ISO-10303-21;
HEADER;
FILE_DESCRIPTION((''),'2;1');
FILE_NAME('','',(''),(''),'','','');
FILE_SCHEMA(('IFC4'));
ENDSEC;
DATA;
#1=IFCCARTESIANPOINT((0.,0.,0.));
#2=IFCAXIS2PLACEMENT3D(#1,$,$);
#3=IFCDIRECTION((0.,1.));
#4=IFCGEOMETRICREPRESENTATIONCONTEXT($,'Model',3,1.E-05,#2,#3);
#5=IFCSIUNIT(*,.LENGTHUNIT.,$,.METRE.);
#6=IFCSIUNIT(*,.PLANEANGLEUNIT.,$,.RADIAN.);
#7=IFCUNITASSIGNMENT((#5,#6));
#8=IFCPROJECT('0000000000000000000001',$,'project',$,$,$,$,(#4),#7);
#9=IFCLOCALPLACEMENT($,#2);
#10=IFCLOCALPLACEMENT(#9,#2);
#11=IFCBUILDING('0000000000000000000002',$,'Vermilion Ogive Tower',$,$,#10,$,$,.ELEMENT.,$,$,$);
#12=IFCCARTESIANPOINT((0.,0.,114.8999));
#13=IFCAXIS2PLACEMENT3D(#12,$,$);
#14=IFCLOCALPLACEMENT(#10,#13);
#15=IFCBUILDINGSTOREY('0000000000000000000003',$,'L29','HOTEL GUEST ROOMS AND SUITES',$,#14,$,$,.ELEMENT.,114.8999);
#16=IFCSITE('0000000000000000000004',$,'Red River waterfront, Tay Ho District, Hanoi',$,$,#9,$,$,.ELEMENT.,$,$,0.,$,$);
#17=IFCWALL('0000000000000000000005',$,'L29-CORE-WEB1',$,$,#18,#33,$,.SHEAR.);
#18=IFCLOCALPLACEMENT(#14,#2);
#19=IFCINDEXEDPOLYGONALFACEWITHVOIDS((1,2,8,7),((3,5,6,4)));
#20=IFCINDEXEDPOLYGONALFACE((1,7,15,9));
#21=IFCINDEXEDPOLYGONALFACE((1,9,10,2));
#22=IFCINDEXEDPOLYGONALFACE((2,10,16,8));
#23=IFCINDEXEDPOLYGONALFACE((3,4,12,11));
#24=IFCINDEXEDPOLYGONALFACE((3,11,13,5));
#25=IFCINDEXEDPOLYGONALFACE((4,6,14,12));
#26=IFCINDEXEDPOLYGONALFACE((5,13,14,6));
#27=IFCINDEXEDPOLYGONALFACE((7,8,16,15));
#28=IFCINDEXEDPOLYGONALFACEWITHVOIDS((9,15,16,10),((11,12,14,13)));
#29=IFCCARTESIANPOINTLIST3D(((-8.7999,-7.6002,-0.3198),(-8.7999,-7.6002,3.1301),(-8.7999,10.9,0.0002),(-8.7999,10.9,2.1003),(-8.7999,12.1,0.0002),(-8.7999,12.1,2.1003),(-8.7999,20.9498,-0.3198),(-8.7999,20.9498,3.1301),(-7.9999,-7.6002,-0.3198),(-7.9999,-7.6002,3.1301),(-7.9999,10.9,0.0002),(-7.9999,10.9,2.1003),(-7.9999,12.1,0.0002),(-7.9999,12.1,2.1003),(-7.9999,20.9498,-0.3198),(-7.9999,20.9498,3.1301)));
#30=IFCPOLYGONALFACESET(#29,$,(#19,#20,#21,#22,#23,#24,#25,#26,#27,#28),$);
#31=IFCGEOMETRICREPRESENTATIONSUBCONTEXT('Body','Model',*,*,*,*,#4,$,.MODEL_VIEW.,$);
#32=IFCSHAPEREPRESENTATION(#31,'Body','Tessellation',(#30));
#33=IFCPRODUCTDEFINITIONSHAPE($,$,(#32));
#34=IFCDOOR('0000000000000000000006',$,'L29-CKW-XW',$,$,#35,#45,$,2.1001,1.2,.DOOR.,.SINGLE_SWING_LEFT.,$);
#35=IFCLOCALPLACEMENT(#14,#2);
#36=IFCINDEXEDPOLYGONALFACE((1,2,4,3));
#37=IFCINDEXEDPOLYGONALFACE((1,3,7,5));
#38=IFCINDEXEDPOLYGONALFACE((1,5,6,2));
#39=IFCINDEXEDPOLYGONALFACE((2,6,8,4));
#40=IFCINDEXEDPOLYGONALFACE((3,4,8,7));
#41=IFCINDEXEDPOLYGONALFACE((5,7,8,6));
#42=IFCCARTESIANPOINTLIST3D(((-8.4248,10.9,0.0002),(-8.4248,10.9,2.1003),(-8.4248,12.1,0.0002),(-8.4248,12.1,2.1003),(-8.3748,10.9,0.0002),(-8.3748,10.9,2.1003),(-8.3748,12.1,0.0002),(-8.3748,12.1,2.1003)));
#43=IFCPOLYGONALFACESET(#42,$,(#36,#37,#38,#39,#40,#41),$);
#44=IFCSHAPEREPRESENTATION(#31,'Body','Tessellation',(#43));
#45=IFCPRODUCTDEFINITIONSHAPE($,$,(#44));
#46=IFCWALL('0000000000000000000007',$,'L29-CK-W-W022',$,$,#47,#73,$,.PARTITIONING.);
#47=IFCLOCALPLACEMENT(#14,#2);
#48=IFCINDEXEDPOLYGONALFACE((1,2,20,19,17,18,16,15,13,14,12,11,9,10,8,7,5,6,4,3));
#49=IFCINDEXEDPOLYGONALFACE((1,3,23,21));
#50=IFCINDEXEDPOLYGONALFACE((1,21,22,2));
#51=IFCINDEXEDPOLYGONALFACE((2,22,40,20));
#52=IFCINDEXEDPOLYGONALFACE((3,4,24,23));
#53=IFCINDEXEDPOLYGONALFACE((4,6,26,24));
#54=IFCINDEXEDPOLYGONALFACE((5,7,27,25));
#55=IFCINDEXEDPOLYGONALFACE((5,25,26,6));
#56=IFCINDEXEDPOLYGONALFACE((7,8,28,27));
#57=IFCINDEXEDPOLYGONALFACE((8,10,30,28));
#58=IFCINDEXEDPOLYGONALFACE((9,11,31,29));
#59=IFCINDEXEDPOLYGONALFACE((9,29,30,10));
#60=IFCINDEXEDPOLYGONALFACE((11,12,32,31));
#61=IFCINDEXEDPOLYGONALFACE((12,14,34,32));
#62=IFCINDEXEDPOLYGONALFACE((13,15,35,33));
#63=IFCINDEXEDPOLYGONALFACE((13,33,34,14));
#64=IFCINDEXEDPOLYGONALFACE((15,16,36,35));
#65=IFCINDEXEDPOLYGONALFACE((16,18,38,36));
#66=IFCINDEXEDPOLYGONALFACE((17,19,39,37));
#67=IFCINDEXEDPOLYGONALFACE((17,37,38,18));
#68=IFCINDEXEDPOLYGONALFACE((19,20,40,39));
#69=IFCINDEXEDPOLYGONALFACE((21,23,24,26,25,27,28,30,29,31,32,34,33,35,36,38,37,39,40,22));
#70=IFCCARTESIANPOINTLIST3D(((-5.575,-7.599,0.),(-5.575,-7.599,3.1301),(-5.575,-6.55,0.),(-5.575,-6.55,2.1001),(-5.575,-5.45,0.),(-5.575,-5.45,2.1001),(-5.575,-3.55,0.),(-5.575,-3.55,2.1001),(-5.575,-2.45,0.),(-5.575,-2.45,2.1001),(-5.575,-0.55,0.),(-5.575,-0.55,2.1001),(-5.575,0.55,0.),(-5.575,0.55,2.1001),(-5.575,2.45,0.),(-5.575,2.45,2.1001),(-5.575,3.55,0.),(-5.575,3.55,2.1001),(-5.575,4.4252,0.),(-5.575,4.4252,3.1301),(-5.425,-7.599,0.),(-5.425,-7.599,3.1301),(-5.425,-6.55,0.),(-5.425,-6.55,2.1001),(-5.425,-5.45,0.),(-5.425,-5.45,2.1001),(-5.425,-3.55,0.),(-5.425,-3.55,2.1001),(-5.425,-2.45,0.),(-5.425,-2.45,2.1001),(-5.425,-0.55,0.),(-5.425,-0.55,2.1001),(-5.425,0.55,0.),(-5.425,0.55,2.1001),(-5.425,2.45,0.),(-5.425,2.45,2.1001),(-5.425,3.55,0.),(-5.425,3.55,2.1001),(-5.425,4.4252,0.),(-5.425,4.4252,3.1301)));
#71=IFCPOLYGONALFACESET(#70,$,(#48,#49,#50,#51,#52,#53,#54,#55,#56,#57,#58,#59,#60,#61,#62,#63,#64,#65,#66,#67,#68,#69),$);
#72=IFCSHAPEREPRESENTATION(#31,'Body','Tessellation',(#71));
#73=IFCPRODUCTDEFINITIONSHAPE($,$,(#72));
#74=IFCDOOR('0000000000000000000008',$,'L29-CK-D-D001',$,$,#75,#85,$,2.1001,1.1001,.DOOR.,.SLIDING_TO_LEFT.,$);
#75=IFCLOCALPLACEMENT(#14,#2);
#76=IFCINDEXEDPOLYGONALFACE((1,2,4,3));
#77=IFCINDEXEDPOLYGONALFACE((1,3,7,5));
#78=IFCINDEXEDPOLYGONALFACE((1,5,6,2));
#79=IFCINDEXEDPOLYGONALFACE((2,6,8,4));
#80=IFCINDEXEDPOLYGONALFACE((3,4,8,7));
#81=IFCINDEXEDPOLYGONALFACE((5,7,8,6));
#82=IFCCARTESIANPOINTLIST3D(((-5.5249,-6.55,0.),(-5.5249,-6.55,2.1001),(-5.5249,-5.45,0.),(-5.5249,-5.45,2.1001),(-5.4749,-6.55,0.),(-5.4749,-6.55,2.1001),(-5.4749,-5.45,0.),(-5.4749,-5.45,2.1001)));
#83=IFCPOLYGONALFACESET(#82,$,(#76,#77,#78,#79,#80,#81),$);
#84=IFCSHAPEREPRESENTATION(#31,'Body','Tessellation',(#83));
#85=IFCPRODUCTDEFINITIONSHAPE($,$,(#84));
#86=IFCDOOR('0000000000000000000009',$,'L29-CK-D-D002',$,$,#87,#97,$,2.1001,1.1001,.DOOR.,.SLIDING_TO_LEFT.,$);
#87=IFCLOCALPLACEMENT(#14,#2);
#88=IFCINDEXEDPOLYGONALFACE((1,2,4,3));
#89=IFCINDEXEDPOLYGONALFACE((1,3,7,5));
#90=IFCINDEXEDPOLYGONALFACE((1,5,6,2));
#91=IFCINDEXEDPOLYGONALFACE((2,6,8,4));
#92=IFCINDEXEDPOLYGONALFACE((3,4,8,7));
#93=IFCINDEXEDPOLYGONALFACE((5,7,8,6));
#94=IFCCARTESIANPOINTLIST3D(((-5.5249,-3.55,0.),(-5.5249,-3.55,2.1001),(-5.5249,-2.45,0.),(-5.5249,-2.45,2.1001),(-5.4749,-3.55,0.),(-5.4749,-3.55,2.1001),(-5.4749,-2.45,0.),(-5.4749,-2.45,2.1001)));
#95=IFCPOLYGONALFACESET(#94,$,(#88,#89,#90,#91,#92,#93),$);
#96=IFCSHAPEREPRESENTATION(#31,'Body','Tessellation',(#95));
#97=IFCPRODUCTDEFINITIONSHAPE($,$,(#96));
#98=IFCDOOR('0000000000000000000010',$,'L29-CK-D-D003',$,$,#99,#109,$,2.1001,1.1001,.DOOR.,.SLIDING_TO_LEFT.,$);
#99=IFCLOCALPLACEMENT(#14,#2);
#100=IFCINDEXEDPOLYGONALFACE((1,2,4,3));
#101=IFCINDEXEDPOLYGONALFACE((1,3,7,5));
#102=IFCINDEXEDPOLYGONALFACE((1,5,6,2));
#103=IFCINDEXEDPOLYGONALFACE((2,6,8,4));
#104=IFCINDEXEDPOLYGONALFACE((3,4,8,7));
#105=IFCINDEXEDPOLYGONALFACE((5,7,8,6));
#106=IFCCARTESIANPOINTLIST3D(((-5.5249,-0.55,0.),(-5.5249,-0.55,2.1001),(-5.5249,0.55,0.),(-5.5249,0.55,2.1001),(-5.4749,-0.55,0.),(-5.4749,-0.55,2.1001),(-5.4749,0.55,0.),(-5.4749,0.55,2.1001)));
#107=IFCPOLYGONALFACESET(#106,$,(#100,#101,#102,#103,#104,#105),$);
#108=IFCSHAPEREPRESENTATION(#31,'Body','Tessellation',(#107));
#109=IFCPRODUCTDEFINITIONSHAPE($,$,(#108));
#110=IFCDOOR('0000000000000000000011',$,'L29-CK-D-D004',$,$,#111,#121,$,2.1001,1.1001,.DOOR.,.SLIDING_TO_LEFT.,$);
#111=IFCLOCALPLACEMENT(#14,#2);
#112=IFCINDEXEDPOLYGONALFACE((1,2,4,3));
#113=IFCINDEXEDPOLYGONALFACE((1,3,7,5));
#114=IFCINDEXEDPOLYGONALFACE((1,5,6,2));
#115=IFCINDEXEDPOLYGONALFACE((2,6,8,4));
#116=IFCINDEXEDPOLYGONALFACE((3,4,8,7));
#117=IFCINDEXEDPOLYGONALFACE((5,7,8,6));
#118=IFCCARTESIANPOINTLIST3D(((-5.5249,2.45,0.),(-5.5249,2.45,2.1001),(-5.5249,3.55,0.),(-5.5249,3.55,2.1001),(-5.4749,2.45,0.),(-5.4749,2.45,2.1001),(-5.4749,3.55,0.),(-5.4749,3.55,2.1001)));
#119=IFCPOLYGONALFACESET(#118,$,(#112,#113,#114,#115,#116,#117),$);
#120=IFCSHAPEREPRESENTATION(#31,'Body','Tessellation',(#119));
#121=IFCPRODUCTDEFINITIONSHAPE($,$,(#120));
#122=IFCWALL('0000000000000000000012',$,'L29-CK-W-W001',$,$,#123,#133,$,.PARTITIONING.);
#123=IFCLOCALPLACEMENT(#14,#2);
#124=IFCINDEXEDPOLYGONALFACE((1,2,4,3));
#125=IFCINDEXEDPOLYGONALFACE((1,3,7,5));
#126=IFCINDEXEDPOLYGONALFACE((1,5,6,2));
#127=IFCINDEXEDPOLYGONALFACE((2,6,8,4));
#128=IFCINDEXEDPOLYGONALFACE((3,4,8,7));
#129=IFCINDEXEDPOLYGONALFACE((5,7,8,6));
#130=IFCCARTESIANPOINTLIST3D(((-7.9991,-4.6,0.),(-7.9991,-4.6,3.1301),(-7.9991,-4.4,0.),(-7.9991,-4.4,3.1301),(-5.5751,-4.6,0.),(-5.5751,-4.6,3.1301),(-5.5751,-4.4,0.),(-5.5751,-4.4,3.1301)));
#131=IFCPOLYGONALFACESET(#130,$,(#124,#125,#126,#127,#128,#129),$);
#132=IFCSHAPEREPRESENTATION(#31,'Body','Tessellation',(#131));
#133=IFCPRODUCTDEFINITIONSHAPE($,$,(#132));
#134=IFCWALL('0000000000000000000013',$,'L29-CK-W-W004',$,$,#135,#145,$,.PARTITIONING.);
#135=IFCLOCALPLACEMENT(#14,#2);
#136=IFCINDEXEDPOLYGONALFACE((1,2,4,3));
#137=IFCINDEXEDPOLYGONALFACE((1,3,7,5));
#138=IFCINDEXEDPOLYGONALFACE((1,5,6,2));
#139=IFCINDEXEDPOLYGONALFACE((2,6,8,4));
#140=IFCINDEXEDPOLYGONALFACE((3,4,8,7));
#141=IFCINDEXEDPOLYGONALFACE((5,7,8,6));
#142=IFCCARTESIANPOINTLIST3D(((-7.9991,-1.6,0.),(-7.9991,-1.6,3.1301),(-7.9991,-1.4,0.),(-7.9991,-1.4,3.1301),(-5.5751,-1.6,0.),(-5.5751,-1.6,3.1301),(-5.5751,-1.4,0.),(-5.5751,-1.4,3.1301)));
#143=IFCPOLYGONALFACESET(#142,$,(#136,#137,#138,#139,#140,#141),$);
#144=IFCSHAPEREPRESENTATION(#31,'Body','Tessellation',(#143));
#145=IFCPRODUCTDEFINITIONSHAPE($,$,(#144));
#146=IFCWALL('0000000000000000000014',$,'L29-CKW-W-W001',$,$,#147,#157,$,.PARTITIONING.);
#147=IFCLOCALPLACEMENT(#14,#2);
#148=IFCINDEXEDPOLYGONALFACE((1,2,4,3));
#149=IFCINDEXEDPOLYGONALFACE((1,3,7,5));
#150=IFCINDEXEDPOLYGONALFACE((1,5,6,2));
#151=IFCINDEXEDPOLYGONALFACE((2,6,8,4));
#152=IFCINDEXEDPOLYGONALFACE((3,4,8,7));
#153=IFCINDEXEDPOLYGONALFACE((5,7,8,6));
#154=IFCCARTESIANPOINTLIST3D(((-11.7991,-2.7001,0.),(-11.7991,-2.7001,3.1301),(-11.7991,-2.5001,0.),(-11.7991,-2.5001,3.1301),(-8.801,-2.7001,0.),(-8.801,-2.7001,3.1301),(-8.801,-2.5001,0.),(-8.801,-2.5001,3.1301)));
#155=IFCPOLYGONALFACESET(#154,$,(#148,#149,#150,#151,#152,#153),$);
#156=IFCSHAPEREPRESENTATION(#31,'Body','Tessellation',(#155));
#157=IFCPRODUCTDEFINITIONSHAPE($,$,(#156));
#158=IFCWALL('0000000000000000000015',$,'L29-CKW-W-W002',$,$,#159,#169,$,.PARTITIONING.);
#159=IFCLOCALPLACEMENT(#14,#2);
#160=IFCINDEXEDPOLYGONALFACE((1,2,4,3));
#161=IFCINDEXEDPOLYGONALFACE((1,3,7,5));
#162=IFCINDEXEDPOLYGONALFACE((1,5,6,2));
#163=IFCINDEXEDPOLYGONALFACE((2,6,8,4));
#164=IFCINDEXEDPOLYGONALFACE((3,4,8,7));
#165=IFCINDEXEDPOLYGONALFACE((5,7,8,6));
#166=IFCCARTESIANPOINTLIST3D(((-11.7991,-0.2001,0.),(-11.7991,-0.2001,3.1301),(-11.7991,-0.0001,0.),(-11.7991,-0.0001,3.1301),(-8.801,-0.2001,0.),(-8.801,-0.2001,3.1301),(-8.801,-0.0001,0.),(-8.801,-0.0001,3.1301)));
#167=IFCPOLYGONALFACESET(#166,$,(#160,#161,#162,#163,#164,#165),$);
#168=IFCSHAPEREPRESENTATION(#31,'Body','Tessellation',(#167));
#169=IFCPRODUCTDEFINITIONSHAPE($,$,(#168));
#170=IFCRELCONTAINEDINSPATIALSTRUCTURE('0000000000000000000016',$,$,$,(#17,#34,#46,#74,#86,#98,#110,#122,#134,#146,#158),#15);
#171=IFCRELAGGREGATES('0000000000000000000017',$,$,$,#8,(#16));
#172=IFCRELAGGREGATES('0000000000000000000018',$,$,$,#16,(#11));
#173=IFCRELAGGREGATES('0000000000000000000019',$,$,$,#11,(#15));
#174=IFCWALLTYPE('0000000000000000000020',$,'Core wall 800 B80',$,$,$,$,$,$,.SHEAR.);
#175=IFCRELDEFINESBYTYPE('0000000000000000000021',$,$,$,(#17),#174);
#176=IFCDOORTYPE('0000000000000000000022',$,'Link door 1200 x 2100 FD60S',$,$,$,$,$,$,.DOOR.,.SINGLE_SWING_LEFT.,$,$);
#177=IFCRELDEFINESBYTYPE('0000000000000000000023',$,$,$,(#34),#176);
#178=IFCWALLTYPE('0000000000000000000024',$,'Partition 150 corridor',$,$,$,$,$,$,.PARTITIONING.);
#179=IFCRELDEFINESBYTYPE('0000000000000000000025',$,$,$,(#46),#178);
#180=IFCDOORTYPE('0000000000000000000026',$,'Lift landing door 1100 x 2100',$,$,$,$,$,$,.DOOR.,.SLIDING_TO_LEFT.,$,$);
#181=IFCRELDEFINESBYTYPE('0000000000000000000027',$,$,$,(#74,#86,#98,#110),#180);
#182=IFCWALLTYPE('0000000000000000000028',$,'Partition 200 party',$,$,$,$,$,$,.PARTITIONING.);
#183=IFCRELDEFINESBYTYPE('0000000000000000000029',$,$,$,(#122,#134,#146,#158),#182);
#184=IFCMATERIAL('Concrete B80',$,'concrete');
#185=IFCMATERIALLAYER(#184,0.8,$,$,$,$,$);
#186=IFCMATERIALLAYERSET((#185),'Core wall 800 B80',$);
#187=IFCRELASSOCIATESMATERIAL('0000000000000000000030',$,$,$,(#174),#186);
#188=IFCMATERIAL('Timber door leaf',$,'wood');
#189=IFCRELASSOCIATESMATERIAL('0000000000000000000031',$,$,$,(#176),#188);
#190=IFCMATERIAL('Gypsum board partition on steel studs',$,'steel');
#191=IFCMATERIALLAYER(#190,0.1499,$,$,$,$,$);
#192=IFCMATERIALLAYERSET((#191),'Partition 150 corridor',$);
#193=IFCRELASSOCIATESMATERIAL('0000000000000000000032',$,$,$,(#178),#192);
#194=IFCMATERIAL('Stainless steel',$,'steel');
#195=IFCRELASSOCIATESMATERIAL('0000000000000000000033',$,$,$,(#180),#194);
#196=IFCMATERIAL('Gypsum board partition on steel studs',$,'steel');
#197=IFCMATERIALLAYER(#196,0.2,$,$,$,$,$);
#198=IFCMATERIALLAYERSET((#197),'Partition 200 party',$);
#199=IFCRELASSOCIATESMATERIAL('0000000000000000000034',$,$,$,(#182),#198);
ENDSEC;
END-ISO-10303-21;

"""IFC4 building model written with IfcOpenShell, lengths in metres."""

from ifc_helpers import new_model, si_unit, direction, frame, frame_2d, origin, place, context, subcontext, project, spatial, rectangle, extrude, material, layer, layer_set, type_object, element, fill, save


model = new_model("IFC4")

# Units and contexts
model_context = context("Model", 3, precision=1e-05, world=origin(), true_north=direction((0.0, 1.0)))
body_context = subcontext(model_context, "Body", "Model", "MODEL_VIEW")
ifc_project = project(units=[si_unit("LENGTHUNIT", "METRE"), si_unit("PLANEANGLEUNIT", "RADIAN")], contexts=[model_context])

# Site, building, storey
site_placement = place(None, origin())
site = spatial("IfcSite", under=ifc_project, at=site_placement, Name="Red River waterfront, Tay Ho District, Hanoi", CompositionType="ELEMENT", RefElevation=0.0)
building_placement = place(site_placement, origin())
building = spatial("IfcBuilding", under=site, at=building_placement, Name="Vermilion Ogive Tower", CompositionType="ELEMENT")
storey_placement = place(building_placement, frame((0.0, 0.0, 114.8999)))
storey = spatial("IfcBuildingStorey", under=building, at=storey_placement, Name="L29", Description="HOTEL GUEST ROOMS AND SUITES", CompositionType="ELEMENT", Elevation=114.8999)

# Wall, opening, door
ifc_material_1 = material(Name="Concrete B80", Category="concrete")
ifc_layer_1 = layer(ifc_material_1, 0.8)
ifc_layer_set_1 = layer_set([ifc_layer_1], Name="Core wall 800 B80")
wall_type_1 = type_object("IfcWallType", Name="Core wall 800 B80", PredefinedType="SHEAR", material=ifc_layer_set_1)
wall_1_placement = place(storey_placement, frame((-8.3999, -7.6001, -0.3198), z_axis=(0.0, 0.0, 1.0), x_axis=(0.0, 1.0, 0.0)))
wall_1 = element("IfcWall", 1, at=wall_1_placement, inside=storey, type_object=wall_type_1, Name="L29-CORE-WEB1", PredefinedType="SHEAR", context=body_context, shape_type="SweptSolid", body=[
    extrude(rectangle(XDim=28.55, YDim=0.8, at=frame_2d((14.2749, 0.0))), origin(), (0.0, 0.0, 1.0), 3.45),
])
opening_1_placement = place(wall_1_placement, frame((18.5, 0.0, 0.3201)))
opening_1 = element("IfcOpeningElement", 2, at=opening_1_placement, cuts=wall_1, PredefinedType="OPENING", context=body_context, shape_type="SweptSolid", body=[
    extrude(rectangle(XDim=1.2, YDim=2.1001, at=frame_2d((0.6001, 1.05))), frame((0.0, 0.4099, 0.0), z_axis=(0.0, -1.0, 0.0), x_axis=(1.0, 0.0, 0.0)), (0.0, 0.0, 1.0), 0.8201),
])
ifc_material_2 = material(Name="Timber door leaf", Category="wood")
door_type_1 = type_object("IfcDoorType", Name="Link door 1200 x 2100 FD60S", OperationType="SINGLE_SWING_LEFT", PredefinedType="DOOR", material=ifc_material_2)
door_1_placement = place(opening_1_placement, origin())
door_1 = element("IfcDoor", 3, at=door_1_placement, inside=storey, type_object=door_type_1, Name="L29-CKW-XW", OperationType="SINGLE_SWING_LEFT", OverallHeight=2.1001, OverallWidth=1.2, PredefinedType="DOOR", context=body_context, shape_type="SweptSolid", body=[
    extrude(rectangle(XDim=1.2, YDim=2.1001, at=frame_2d((0.6001, 1.05))), frame((0.0, 0.0249, 0.0), z_axis=(0.0, -1.0, 0.0), x_axis=(1.0, 0.0, 0.0)), (0.0, 0.0, 1.0), 0.05),
])
fill(opening_1, door_1)

# Wall, openings, doors
ifc_material_3 = material(Name="Gypsum board partition on steel studs", Category="steel")
ifc_layer_2 = layer(ifc_material_3, 0.1499)
ifc_layer_set_2 = layer_set([ifc_layer_2], Name="Partition 150 corridor")
wall_type_2 = type_object("IfcWallType", Name="Partition 150 corridor", PredefinedType="PARTITIONING", material=ifc_layer_set_2)
wall_2_placement = place(storey_placement, frame((-5.5, -7.5991, 0.0), z_axis=(0.0, 0.0, 1.0), x_axis=(0.0, 1.0, 0.0)))
wall_2 = element("IfcWall", 4, at=wall_2_placement, inside=storey, type_object=wall_type_2, Name="L29-CK-W-W022", PredefinedType="PARTITIONING", context=body_context, shape_type="SweptSolid", body=[
    extrude(rectangle(XDim=12.0242, YDim=0.1499, at=frame_2d((6.0122, 0.0))), origin(), (0.0, 0.0, 1.0), 3.1301),
])
opening_2_placement = place(wall_2_placement, frame((1.0491, 0.0, 0.0)))
opening_2 = element("IfcOpeningElement", 5, at=opening_2_placement, cuts=wall_2, PredefinedType="OPENING", context=body_context, shape_type="SweptSolid", body=[
    extrude(rectangle(XDim=1.1001, YDim=2.1001, at=frame_2d((0.55, 1.05))), frame((0.0, 0.085, 0.0), z_axis=(0.0, -1.0, 0.0), x_axis=(1.0, 0.0, 0.0)), (0.0, 0.0, 1.0), 0.1699),
])
opening_3_placement = place(wall_2_placement, frame((4.0491, 0.0, 0.0)))
opening_3 = element("IfcOpeningElement", 6, at=opening_3_placement, cuts=wall_2, PredefinedType="OPENING", context=body_context, shape_type="SweptSolid", body=[
    extrude(rectangle(XDim=1.1001, YDim=2.1001, at=frame_2d((0.55, 1.05))), frame((0.0, 0.085, 0.0), z_axis=(0.0, -1.0, 0.0), x_axis=(1.0, 0.0, 0.0)), (0.0, 0.0, 1.0), 0.1699),
])
opening_4_placement = place(wall_2_placement, frame((7.0491, 0.0, 0.0)))
opening_4 = element("IfcOpeningElement", 7, at=opening_4_placement, cuts=wall_2, PredefinedType="OPENING", context=body_context, shape_type="SweptSolid", body=[
    extrude(rectangle(XDim=1.1001, YDim=2.1001, at=frame_2d((0.55, 1.05))), frame((0.0, 0.085, 0.0), z_axis=(0.0, -1.0, 0.0), x_axis=(1.0, 0.0, 0.0)), (0.0, 0.0, 1.0), 0.1699),
])
opening_5_placement = place(wall_2_placement, frame((10.0491, 0.0, 0.0)))
opening_5 = element("IfcOpeningElement", 8, at=opening_5_placement, cuts=wall_2, PredefinedType="OPENING", context=body_context, shape_type="SweptSolid", body=[
    extrude(rectangle(XDim=1.1001, YDim=2.1001, at=frame_2d((0.55, 1.05))), frame((0.0, 0.085, 0.0), z_axis=(0.0, -1.0, 0.0), x_axis=(1.0, 0.0, 0.0)), (0.0, 0.0, 1.0), 0.1699),
])
ifc_material_4 = material(Name="Stainless steel", Category="steel")
door_type_2 = type_object("IfcDoorType", Name="Lift landing door 1100 x 2100", OperationType="SLIDING_TO_LEFT", PredefinedType="DOOR", material=ifc_material_4)
door_2_placement = place(opening_2_placement, origin())
door_2 = element("IfcDoor", 9, at=door_2_placement, inside=storey, type_object=door_type_2, Name="L29-CK-D-D001", OperationType="SLIDING_TO_LEFT", OverallHeight=2.1001, OverallWidth=1.1001, PredefinedType="DOOR", context=body_context, shape_type="SweptSolid", body=[
    extrude(rectangle(XDim=1.1001, YDim=2.1001, at=frame_2d((0.55, 1.05))), frame((0.0, 0.0249, 0.0), z_axis=(0.0, -1.0, 0.0), x_axis=(1.0, 0.0, 0.0)), (0.0, 0.0, 1.0), 0.05),
])
fill(opening_2, door_2)
door_3_placement = place(opening_3_placement, origin())
door_3 = element("IfcDoor", 10, at=door_3_placement, inside=storey, type_object=door_type_2, Name="L29-CK-D-D002", OperationType="SLIDING_TO_LEFT", OverallHeight=2.1001, OverallWidth=1.1001, PredefinedType="DOOR", context=body_context, shape_type="SweptSolid", body=[
    extrude(rectangle(XDim=1.1001, YDim=2.1001, at=frame_2d((0.55, 1.05))), frame((0.0, 0.0249, 0.0), z_axis=(0.0, -1.0, 0.0), x_axis=(1.0, 0.0, 0.0)), (0.0, 0.0, 1.0), 0.05),
])
fill(opening_3, door_3)
door_4_placement = place(opening_4_placement, origin())
door_4 = element("IfcDoor", 11, at=door_4_placement, inside=storey, type_object=door_type_2, Name="L29-CK-D-D003", OperationType="SLIDING_TO_LEFT", OverallHeight=2.1001, OverallWidth=1.1001, PredefinedType="DOOR", context=body_context, shape_type="SweptSolid", body=[
    extrude(rectangle(XDim=1.1001, YDim=2.1001, at=frame_2d((0.55, 1.05))), frame((0.0, 0.0249, 0.0), z_axis=(0.0, -1.0, 0.0), x_axis=(1.0, 0.0, 0.0)), (0.0, 0.0, 1.0), 0.05),
])
fill(opening_4, door_4)
door_5_placement = place(opening_5_placement, origin())
door_5 = element("IfcDoor", 12, at=door_5_placement, inside=storey, type_object=door_type_2, Name="L29-CK-D-D004", OperationType="SLIDING_TO_LEFT", OverallHeight=2.1001, OverallWidth=1.1001, PredefinedType="DOOR", context=body_context, shape_type="SweptSolid", body=[
    extrude(rectangle(XDim=1.1001, YDim=2.1001, at=frame_2d((0.55, 1.05))), frame((0.0, 0.0249, 0.0), z_axis=(0.0, -1.0, 0.0), x_axis=(1.0, 0.0, 0.0)), (0.0, 0.0, 1.0), 0.05),
])
fill(opening_5, door_5)

# Walls
ifc_material_5 = material(Name="Gypsum board partition on steel studs", Category="steel")
ifc_layer_3 = layer(ifc_material_5, 0.2)
ifc_layer_set_3 = layer_set([ifc_layer_3], Name="Partition 200 party")
wall_type_3 = type_object("IfcWallType", Name="Partition 200 party", PredefinedType="PARTITIONING", material=ifc_layer_set_3)
for number, where, z_axis, x_axis, name in (
    (13, (-7.999, -4.5, 0.0), (0.0, 0.0, 1.0), (1.0, 0.0, 0.0), "L29-CK-W-W001"),
    (14, (-7.999, -1.5, 0.0), (0.0, 0.0, 1.0), (1.0, 0.0, 0.0), "L29-CK-W-W004"),
):
    element("IfcWall", number, at=place(storey_placement, frame(where, z_axis=z_axis, x_axis=x_axis)), inside=storey, type_object=wall_type_3, Name=name, PredefinedType="PARTITIONING", context=body_context, shape_type="SweptSolid", body=[
        extrude(rectangle(XDim=2.4241, YDim=0.2, at=frame_2d((1.2119, 0.0))), origin(), (0.0, 0.0, 1.0), 3.1301),
    ])
for number, where, z_axis, x_axis, name in (
    (15, (-11.7991, -2.6001, 0.0), (0.0, 0.0, 1.0), (1.0, 0.0, 0.0), "L29-CKW-W-W001"),
    (16, (-11.7991, -0.1001, 0.0), (0.0, 0.0, 1.0), (1.0, 0.0, 0.0), "L29-CKW-W-W002"),
):
    element("IfcWall", number, at=place(storey_placement, frame(where, z_axis=z_axis, x_axis=x_axis)), inside=storey, type_object=wall_type_3, Name=name, PredefinedType="PARTITIONING", context=body_context, shape_type="SweptSolid", body=[
        extrude(rectangle(XDim=2.998, YDim=0.2, at=frame_2d((1.499, 0.0))), origin(), (0.0, 0.0, 1.0), 3.1301),
    ])

save(model, "model.ifc")
